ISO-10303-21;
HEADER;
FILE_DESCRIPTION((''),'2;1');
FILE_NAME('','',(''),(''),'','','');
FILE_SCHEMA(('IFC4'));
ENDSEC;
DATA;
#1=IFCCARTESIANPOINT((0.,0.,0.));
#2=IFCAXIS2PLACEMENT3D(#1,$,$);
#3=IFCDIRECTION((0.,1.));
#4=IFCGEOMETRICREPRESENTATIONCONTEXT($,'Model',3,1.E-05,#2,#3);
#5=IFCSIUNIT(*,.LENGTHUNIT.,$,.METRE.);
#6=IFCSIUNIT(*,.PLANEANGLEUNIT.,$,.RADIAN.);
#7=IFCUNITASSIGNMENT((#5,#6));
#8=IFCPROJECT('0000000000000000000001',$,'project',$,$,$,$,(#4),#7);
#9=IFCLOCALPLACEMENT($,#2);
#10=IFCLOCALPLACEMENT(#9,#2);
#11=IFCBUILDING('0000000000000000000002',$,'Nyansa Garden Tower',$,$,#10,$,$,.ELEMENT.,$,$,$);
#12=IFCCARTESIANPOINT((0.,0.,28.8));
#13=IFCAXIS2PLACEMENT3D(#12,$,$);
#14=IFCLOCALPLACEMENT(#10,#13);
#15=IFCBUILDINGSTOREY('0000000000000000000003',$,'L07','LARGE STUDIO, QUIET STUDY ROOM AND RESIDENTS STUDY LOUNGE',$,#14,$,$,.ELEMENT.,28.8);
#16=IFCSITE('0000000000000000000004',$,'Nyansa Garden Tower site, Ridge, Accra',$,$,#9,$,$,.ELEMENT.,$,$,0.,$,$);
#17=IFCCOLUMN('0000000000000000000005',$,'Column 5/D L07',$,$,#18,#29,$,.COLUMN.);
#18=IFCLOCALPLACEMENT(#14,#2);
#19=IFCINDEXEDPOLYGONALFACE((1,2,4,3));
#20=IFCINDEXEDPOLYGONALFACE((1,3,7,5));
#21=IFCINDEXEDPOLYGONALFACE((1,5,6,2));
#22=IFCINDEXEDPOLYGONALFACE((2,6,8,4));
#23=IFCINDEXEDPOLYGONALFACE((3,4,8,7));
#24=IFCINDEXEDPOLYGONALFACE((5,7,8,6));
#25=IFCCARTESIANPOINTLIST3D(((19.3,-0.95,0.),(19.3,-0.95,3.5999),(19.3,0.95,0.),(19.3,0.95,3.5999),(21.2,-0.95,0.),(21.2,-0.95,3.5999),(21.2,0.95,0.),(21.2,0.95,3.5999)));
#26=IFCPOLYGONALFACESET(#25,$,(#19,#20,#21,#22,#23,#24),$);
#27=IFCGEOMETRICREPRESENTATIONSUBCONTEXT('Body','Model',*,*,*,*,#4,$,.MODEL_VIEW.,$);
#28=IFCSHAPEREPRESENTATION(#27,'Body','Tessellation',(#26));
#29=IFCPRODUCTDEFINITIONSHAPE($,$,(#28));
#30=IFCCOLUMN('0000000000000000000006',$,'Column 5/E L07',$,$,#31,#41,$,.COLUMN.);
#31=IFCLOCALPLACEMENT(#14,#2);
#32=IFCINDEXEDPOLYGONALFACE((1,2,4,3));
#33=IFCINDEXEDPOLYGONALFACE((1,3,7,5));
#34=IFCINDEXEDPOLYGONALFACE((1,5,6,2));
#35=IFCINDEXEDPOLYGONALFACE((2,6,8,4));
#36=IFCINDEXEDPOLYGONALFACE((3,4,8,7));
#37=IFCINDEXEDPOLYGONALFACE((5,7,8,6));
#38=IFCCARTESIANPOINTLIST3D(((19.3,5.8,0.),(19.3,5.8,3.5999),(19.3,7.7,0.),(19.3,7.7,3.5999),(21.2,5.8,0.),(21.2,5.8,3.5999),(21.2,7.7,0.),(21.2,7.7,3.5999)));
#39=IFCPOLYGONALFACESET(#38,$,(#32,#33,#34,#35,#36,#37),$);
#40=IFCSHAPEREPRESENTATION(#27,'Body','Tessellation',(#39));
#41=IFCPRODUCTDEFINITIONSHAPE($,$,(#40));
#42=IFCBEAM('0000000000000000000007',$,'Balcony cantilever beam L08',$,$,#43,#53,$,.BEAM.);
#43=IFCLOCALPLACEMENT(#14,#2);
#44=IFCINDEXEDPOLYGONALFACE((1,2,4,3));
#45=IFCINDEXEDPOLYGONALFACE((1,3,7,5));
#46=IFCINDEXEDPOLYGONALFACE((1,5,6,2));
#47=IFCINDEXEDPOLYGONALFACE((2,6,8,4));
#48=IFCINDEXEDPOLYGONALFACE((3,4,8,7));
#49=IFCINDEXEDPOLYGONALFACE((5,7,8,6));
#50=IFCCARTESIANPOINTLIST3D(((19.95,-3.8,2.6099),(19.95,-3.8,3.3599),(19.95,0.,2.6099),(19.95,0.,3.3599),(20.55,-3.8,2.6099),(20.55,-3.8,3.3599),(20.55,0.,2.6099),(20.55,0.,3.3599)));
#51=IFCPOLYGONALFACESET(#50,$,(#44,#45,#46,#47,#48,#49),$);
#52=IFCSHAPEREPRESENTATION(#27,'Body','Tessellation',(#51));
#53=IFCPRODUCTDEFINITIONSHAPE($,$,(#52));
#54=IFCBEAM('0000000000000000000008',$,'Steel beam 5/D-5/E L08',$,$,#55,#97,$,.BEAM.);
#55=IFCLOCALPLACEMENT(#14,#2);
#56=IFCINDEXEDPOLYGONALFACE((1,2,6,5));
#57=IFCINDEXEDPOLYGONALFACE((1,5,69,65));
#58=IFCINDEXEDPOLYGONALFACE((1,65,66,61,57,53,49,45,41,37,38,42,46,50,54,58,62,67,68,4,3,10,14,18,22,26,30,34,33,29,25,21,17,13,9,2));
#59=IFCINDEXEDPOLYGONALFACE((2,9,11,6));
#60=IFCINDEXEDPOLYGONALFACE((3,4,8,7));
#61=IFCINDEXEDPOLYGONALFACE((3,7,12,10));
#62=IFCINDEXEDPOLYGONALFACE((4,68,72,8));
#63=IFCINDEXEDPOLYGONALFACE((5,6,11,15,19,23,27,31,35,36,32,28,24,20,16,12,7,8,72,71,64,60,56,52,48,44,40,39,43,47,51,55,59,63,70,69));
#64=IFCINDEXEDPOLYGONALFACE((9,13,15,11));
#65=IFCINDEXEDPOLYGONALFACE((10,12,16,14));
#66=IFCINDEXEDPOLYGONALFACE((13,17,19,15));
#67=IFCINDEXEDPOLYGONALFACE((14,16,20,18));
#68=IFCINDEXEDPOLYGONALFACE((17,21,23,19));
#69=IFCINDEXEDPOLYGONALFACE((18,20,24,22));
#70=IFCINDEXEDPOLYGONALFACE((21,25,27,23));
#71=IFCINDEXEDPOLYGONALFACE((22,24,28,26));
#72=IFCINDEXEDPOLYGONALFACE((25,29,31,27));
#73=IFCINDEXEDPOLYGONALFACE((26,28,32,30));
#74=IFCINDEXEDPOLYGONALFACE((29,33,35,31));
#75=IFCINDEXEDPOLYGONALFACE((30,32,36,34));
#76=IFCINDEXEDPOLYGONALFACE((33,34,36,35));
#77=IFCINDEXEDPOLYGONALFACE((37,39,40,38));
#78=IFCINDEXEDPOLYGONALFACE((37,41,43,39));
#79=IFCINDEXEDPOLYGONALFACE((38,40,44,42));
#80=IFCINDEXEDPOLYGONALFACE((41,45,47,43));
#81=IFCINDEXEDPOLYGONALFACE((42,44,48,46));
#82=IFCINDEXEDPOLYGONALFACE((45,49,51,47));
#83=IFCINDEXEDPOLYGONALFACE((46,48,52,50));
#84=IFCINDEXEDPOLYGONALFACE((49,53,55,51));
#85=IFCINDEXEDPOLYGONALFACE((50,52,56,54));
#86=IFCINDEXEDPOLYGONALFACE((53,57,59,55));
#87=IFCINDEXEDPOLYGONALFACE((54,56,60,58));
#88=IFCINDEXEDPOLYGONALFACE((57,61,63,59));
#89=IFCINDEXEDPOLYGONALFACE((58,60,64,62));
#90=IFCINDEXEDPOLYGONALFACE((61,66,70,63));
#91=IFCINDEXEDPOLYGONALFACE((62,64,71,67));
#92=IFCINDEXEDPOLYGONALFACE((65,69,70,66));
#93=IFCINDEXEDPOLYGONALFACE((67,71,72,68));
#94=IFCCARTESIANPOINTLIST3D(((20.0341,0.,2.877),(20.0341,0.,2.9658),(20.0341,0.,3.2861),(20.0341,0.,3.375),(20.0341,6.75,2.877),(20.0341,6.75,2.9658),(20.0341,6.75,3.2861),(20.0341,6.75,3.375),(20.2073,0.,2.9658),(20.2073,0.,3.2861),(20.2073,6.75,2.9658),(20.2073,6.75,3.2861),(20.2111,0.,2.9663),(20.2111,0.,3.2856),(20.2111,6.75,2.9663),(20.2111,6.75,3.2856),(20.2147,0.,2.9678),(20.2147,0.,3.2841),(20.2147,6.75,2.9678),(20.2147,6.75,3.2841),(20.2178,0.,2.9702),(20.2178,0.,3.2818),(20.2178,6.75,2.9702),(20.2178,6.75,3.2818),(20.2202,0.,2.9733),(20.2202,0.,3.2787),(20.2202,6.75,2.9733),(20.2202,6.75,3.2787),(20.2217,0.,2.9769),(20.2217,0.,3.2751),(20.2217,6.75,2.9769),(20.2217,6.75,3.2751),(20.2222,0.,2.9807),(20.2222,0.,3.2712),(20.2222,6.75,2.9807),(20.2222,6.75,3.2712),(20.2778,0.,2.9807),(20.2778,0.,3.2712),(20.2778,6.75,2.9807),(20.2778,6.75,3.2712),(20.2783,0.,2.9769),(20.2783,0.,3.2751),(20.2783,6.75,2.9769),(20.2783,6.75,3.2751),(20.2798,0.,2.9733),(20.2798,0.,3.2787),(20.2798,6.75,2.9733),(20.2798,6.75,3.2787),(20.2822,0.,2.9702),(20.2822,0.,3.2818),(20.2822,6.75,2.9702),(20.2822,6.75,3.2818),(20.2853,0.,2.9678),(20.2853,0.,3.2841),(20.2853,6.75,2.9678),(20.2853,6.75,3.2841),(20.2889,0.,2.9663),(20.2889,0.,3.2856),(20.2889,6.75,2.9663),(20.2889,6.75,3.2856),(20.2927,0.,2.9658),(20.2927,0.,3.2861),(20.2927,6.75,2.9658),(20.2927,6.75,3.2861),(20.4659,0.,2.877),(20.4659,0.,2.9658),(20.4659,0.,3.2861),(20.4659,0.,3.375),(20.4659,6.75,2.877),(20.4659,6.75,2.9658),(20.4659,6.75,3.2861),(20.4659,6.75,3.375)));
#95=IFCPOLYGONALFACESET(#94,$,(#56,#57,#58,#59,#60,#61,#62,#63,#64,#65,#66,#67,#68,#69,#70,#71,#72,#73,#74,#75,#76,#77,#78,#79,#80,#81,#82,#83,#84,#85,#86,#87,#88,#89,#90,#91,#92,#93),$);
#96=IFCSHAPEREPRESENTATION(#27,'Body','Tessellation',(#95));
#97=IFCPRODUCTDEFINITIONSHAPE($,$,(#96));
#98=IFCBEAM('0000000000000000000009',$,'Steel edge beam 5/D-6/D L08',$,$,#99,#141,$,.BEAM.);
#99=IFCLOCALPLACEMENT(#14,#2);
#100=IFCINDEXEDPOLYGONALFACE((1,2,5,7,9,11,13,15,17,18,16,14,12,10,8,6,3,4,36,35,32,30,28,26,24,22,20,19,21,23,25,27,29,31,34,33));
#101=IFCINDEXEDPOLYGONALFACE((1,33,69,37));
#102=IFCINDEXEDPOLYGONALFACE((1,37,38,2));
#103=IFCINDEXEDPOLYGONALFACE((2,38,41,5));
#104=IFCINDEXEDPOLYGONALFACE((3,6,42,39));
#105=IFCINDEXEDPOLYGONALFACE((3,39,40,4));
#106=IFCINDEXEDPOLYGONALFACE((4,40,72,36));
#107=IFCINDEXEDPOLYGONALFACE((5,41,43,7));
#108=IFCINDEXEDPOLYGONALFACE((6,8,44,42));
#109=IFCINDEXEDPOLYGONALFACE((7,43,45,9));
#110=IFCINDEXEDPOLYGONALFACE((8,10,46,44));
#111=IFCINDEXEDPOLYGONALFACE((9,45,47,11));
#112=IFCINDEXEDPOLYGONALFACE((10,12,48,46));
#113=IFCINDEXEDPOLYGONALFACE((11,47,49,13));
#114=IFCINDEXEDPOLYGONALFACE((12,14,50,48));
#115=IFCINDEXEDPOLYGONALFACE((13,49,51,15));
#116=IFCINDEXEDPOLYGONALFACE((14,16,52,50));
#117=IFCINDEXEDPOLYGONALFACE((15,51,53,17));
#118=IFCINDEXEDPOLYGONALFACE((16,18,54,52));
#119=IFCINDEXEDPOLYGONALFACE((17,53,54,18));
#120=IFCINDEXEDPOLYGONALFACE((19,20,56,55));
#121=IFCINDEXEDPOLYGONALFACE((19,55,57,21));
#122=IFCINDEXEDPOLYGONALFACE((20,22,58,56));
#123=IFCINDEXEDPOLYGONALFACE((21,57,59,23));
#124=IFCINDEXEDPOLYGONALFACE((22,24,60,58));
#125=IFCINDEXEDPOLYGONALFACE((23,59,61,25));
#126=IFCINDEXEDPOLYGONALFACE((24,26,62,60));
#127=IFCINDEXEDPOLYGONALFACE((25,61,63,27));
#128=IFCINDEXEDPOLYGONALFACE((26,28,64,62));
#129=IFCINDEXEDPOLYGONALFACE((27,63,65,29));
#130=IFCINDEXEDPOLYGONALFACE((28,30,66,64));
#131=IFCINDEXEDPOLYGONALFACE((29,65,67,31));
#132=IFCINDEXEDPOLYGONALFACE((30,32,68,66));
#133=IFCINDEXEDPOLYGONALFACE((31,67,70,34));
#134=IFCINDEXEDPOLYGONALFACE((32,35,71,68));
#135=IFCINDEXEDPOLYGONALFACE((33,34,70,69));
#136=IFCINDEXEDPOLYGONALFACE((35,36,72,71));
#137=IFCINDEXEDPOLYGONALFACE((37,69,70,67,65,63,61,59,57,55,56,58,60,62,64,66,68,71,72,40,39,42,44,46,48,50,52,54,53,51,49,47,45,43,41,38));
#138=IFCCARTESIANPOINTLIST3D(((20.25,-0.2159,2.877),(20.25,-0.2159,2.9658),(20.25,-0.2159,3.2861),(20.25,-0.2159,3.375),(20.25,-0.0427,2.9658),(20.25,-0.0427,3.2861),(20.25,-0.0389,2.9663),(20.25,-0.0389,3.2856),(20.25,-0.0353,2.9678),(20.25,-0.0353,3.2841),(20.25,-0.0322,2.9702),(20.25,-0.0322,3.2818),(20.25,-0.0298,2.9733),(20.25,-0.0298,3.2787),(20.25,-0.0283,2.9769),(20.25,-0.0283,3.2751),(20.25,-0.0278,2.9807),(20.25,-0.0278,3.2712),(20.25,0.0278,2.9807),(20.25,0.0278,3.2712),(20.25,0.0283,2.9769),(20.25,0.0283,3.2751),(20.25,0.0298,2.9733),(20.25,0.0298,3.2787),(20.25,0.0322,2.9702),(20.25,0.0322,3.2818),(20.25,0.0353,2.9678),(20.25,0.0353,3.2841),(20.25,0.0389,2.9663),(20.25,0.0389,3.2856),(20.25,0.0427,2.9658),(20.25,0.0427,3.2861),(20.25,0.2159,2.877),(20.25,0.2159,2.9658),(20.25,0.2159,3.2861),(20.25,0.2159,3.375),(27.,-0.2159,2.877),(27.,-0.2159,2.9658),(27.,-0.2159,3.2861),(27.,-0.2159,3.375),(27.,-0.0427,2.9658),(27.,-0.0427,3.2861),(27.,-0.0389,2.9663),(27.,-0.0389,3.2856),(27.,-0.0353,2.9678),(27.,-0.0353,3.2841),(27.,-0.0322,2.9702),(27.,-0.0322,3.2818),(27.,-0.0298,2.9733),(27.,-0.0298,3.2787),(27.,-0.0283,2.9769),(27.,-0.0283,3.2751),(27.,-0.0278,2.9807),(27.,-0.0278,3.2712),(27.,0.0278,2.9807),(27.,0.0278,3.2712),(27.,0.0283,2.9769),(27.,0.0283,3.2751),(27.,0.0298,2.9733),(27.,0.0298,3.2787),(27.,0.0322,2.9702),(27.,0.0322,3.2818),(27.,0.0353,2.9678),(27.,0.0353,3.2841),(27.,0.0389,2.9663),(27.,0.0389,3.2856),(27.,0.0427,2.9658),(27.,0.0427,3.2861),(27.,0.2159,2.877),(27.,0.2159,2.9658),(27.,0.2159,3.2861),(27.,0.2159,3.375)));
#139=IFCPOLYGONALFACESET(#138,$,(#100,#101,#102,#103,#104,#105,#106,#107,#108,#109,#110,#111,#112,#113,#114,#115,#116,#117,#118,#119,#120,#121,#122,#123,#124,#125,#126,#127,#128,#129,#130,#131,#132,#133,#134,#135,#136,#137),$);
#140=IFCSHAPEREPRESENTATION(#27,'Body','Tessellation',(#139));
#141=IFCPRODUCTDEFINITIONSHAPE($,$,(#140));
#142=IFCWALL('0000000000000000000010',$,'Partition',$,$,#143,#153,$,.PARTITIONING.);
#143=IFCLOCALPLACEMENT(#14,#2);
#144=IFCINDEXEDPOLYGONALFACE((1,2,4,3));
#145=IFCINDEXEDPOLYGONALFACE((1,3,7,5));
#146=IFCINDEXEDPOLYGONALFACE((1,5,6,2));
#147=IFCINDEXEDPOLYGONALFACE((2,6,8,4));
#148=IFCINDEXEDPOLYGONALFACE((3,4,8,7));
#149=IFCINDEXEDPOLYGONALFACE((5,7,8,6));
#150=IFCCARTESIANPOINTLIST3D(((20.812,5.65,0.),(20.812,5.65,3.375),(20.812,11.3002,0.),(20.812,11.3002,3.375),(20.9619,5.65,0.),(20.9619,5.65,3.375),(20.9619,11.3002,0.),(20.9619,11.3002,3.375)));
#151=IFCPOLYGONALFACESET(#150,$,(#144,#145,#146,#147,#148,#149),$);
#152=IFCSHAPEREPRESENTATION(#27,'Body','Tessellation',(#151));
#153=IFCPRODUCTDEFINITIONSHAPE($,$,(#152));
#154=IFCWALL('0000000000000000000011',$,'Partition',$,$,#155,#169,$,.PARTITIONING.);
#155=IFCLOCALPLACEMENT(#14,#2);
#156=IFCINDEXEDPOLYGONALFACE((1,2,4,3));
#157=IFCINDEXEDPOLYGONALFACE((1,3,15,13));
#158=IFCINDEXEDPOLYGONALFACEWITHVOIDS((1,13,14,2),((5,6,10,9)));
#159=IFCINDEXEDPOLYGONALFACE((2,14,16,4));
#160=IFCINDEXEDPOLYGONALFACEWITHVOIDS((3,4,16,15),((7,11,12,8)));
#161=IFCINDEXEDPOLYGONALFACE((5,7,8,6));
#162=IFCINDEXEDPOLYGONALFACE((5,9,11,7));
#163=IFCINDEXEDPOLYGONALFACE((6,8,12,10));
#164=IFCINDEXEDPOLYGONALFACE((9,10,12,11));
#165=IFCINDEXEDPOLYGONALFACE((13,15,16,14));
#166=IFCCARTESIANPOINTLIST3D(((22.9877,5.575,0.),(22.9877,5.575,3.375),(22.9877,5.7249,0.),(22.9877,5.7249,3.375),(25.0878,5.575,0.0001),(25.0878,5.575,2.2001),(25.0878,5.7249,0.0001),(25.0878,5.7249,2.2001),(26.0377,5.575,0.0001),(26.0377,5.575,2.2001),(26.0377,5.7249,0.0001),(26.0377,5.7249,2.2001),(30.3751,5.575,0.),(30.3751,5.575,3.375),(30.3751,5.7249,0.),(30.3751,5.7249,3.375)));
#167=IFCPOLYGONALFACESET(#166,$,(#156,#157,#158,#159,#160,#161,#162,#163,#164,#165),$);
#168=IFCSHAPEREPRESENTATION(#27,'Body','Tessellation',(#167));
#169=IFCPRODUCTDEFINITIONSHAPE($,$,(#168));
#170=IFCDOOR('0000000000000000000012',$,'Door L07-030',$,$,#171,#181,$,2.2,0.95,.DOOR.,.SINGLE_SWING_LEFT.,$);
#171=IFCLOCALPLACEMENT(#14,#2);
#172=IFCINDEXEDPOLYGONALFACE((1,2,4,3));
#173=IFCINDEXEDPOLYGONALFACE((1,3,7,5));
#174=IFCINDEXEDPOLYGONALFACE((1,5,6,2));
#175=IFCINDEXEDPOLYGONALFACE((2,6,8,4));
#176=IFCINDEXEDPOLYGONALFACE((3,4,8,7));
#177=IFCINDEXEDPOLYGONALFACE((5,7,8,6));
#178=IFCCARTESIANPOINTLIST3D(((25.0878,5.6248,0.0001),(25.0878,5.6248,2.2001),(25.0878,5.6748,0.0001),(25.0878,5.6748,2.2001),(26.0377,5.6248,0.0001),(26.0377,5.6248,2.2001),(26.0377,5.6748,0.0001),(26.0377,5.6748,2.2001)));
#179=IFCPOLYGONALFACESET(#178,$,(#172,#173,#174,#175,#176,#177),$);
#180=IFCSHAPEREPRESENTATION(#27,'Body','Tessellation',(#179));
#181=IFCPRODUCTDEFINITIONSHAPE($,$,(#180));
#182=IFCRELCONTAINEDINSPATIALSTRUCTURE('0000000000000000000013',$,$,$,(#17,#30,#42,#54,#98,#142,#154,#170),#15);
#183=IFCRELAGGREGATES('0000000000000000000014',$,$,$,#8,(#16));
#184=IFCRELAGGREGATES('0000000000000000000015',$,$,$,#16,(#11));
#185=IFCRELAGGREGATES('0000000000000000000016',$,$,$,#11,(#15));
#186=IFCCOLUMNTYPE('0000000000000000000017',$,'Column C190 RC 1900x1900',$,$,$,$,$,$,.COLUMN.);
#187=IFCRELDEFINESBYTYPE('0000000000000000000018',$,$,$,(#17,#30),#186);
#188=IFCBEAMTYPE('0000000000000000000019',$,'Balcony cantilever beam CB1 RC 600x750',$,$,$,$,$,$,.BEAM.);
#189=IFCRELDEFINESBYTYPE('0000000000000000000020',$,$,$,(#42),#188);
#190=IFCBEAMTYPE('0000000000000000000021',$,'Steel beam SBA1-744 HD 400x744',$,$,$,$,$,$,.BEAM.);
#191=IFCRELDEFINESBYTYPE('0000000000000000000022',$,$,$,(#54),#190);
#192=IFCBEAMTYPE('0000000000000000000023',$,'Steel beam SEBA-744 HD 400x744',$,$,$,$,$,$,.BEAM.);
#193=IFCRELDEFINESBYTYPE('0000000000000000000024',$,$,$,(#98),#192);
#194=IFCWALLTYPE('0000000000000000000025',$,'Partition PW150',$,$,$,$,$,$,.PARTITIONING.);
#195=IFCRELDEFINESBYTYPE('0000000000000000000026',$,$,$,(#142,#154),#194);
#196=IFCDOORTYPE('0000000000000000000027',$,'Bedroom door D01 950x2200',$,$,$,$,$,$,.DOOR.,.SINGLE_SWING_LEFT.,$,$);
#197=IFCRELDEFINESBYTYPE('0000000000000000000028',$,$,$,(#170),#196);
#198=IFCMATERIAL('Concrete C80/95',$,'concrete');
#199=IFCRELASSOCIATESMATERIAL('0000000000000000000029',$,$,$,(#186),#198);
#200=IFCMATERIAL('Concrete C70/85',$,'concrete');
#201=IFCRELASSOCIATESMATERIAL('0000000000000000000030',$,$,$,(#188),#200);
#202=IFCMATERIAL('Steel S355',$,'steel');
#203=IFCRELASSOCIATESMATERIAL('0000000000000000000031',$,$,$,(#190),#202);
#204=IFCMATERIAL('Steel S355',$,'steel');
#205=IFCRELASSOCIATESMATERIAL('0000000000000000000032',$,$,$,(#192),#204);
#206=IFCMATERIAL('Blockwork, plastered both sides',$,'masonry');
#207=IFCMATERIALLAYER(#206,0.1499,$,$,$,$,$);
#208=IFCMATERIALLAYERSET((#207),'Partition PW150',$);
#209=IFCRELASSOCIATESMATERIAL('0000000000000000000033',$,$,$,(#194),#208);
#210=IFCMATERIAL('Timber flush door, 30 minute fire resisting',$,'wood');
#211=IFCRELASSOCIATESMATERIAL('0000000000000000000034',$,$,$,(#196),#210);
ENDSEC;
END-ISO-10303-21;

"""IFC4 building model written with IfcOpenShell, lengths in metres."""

from ifc_helpers import new_model, si_unit, direction, frame, frame_2d, origin, origin_2d, place, context, subcontext, project, spatial, rectangle, i_section, extrude, material, layer, layer_set, material_profile, profile_set, type_object, element, fill, save


model = new_model("IFC4")

# Units and contexts
model_context = context("Model", 3, precision=1e-05, world=origin(), true_north=direction((0.0, 1.0)))
body_context = subcontext(model_context, "Body", "Model", "MODEL_VIEW")
ifc_project = project(units=[si_unit("LENGTHUNIT", "METRE"), si_unit("PLANEANGLEUNIT", "RADIAN")], contexts=[model_context])

# Site, building, storey
site_placement = place(None, origin())
site = spatial("IfcSite", under=ifc_project, at=site_placement, Name="Nyansa Garden Tower site, Ridge, Accra", CompositionType="ELEMENT", RefElevation=0.0)
building_placement = place(site_placement, origin())
building = spatial("IfcBuilding", under=site, at=building_placement, Name="Nyansa Garden Tower", CompositionType="ELEMENT")
storey_placement = place(building_placement, frame((0.0, 0.0, 28.8)))
storey = spatial("IfcBuildingStorey", under=building, at=storey_placement, Name="L07", Description="LARGE STUDIO, QUIET STUDY ROOM AND RESIDENTS STUDY LOUNGE", CompositionType="ELEMENT", Elevation=28.8)

# Columns
ifc_material_1 = material(Name="Concrete C80/95", Category="concrete")
ifc_material_profile_1 = material_profile(ifc_material_1, rectangle(XDim=1.8999, YDim=1.8999, at=origin_2d()), Name="RC 1900x1900")
ifc_profile_set_1 = profile_set([ifc_material_profile_1], Name="Concrete C80/95")
column_type = type_object("IfcColumnType", Name="Column C190 RC 1900x1900", PredefinedType="COLUMN", material=ifc_profile_set_1)
for number, where, z_axis, x_axis, name in (
    (1, (20.25, 0.0, 0.0), (0.0, 0.0, 1.0), (1.0, 0.0, 0.0), "Column 5/D L07"),
    (2, (20.25, 6.75, 0.0), (0.0, 0.0, 1.0), (1.0, 0.0, 0.0), "Column 5/E L07"),
):
    element("IfcColumn", number, at=place(storey_placement, frame(where, z_axis=z_axis, x_axis=x_axis)), inside=storey, type_object=column_type, Name=name, PredefinedType="COLUMN", context=body_context, shape_type="SweptSolid", body=[
        extrude(rectangle(XDim=1.8999, YDim=1.8999, at=origin_2d()), origin(), (0.0, 0.0, 1.0), 3.5999),
    ])

# Beams
ifc_material_2 = material(Name="Concrete C70/85", Category="concrete")
ifc_material_profile_2 = material_profile(ifc_material_2, rectangle(XDim=0.6001, YDim=0.75, at=origin_2d()), Name="RC 600x750")
ifc_profile_set_2 = profile_set([ifc_material_profile_2], Name="Concrete C70/85")
beam_type_1 = type_object("IfcBeamType", Name="Balcony cantilever beam CB1 RC 600x750", PredefinedType="BEAM", material=ifc_profile_set_2)
beam_1_placement = place(storey_placement, frame((20.25, 0.0, 2.9849), z_axis=(0.0, -1.0, 0.0), x_axis=(1.0, 0.0, 0.0)))
element("IfcBeam", 3, at=beam_1_placement, inside=storey, type_object=beam_type_1, Name="Balcony cantilever beam L08", PredefinedType="BEAM", context=body_context, shape_type="SweptSolid", body=[
    extrude(rectangle(XDim=0.6001, YDim=0.75, at=origin_2d()), origin(), (0.0, 0.0, 1.0), 3.8),
])
ifc_material_3 = material(Name="Steel S355", Category="steel")
ifc_material_profile_3 = material_profile(ifc_material_3, i_section(OverallWidth=0.4319, OverallDepth=0.498, WebThickness=0.0557, FlangeThickness=0.0889, FilletRadius=0.0149, at=origin_2d()), Name="HD 400x744")
ifc_profile_set_3 = profile_set([ifc_material_profile_3], Name="Steel S355")
beam_type_2 = type_object("IfcBeamType", Name="Steel beam SBA1-744 HD 400x744", PredefinedType="BEAM", material=ifc_profile_set_3)
beam_2_placement = place(storey_placement, frame((20.25, 0.0, 3.126), z_axis=(0.0, 1.0, 0.0), x_axis=(-1.0, 0.0, 0.0)))
element("IfcBeam", 4, at=beam_2_placement, inside=storey, type_object=beam_type_2, Name="Steel beam 5/D-5/E L08", PredefinedType="BEAM", context=body_context, shape_type="SweptSolid", body=[
    extrude(i_section(OverallWidth=0.4319, OverallDepth=0.498, WebThickness=0.0557, FlangeThickness=0.0889, FilletRadius=0.0149, at=origin_2d()), origin(), (0.0, 0.0, 1.0), 6.75),
])
ifc_material_4 = material(Name="Steel S355", Category="steel")
ifc_material_profile_4 = material_profile(ifc_material_4, i_section(OverallWidth=0.4319, OverallDepth=0.498, WebThickness=0.0557, FlangeThickness=0.0889, FilletRadius=0.0149, at=origin_2d()), Name="HD 400x744")
ifc_profile_set_4 = profile_set([ifc_material_profile_4], Name="Steel S355")
beam_type_3 = type_object("IfcBeamType", Name="Steel beam SEBA-744 HD 400x744", PredefinedType="BEAM", material=ifc_profile_set_4)
beam_3_placement = place(storey_placement, frame((20.25, 0.0, 3.126), z_axis=(1.0, 0.0, 0.0), x_axis=(0.0, 1.0, 0.0)))
element("IfcBeam", 5, at=beam_3_placement, inside=storey, type_object=beam_type_3, Name="Steel edge beam 5/D-6/D L08", PredefinedType="BEAM", context=body_context, shape_type="SweptSolid", body=[
    extrude(i_section(OverallWidth=0.4319, OverallDepth=0.498, WebThickness=0.0557, FlangeThickness=0.0889, FilletRadius=0.0149, at=origin_2d()), origin(), (0.0, 0.0, 1.0), 6.75),
])

# Wall
ifc_material_5 = material(Name="Blockwork, plastered both sides", Category="masonry")
ifc_layer_1 = layer(ifc_material_5, 0.1499)
ifc_layer_set_1 = layer_set([ifc_layer_1], Name="Partition PW150")
wall_type_1 = type_object("IfcWallType", Name="Partition PW150", PredefinedType="PARTITIONING", material=ifc_layer_set_1)
wall_1_placement = place(storey_placement, frame((20.887, 5.6499, 0.0), z_axis=(0.0, 0.0, 1.0), x_axis=(0.0, 1.0, 0.0)))
element("IfcWall", 6, at=wall_1_placement, inside=storey, type_object=wall_type_1, Name="Partition", PredefinedType="PARTITIONING", context=body_context, shape_type="SweptSolid", body=[
    extrude(rectangle(XDim=5.6501, YDim=0.1499, at=frame_2d((2.8252, 0.0))), origin(), (0.0, 0.0, 1.0), 3.375),
])

# Wall, opening, door
wall_2_placement = place(storey_placement, frame((22.9875, 5.6499, 0.0), z_axis=(0.0, 0.0, 1.0), x_axis=(1.0, 0.0, 0.0)))
wall_2 = element("IfcWall", 7, at=wall_2_placement, inside=storey, type_object=wall_type_1, Name="Partition", PredefinedType="PARTITIONING", context=body_context, shape_type="SweptSolid", body=[
    extrude(rectangle(XDim=7.3875, YDim=0.1499, at=frame_2d((3.6938, 0.0))), origin(), (0.0, 0.0, 1.0), 3.375),
])
opening_placement = place(wall_2_placement, frame((2.1001, 0.0, 0.0)))
opening = element("IfcOpeningElement", 8, at=opening_placement, cuts=wall_2, PredefinedType="OPENING", context=body_context, shape_type="SweptSolid", body=[
    extrude(rectangle(XDim=0.95, YDim=2.2, at=frame_2d((0.4751, 1.1001))), frame((0.0, 0.085, 0.0), z_axis=(0.0, -1.0, 0.0), x_axis=(1.0, 0.0, 0.0)), (0.0, 0.0, 1.0), 0.1699),
])
ifc_material_6 = material(Name="Timber flush door, 30 minute fire resisting", Category="wood")
door_type = type_object("IfcDoorType", Name="Bedroom door D01 950x2200", OperationType="SINGLE_SWING_LEFT", PredefinedType="DOOR", material=ifc_material_6)
door_placement = place(opening_placement, origin())
door = element("IfcDoor", 9, at=door_placement, inside=storey, type_object=door_type, Name="Door L07-030", OperationType="SINGLE_SWING_LEFT", OverallHeight=2.2, OverallWidth=0.95, PredefinedType="DOOR", context=body_context, shape_type="SweptSolid", body=[
    extrude(rectangle(XDim=0.95, YDim=2.2, at=frame_2d((0.4751, 1.1001))), frame((0.0, 0.0249, 0.0), z_axis=(0.0, -1.0, 0.0), x_axis=(1.0, 0.0, 0.0)), (0.0, 0.0, 1.0), 0.05),
])
fill(opening, door)

save(model, "model.ifc")
